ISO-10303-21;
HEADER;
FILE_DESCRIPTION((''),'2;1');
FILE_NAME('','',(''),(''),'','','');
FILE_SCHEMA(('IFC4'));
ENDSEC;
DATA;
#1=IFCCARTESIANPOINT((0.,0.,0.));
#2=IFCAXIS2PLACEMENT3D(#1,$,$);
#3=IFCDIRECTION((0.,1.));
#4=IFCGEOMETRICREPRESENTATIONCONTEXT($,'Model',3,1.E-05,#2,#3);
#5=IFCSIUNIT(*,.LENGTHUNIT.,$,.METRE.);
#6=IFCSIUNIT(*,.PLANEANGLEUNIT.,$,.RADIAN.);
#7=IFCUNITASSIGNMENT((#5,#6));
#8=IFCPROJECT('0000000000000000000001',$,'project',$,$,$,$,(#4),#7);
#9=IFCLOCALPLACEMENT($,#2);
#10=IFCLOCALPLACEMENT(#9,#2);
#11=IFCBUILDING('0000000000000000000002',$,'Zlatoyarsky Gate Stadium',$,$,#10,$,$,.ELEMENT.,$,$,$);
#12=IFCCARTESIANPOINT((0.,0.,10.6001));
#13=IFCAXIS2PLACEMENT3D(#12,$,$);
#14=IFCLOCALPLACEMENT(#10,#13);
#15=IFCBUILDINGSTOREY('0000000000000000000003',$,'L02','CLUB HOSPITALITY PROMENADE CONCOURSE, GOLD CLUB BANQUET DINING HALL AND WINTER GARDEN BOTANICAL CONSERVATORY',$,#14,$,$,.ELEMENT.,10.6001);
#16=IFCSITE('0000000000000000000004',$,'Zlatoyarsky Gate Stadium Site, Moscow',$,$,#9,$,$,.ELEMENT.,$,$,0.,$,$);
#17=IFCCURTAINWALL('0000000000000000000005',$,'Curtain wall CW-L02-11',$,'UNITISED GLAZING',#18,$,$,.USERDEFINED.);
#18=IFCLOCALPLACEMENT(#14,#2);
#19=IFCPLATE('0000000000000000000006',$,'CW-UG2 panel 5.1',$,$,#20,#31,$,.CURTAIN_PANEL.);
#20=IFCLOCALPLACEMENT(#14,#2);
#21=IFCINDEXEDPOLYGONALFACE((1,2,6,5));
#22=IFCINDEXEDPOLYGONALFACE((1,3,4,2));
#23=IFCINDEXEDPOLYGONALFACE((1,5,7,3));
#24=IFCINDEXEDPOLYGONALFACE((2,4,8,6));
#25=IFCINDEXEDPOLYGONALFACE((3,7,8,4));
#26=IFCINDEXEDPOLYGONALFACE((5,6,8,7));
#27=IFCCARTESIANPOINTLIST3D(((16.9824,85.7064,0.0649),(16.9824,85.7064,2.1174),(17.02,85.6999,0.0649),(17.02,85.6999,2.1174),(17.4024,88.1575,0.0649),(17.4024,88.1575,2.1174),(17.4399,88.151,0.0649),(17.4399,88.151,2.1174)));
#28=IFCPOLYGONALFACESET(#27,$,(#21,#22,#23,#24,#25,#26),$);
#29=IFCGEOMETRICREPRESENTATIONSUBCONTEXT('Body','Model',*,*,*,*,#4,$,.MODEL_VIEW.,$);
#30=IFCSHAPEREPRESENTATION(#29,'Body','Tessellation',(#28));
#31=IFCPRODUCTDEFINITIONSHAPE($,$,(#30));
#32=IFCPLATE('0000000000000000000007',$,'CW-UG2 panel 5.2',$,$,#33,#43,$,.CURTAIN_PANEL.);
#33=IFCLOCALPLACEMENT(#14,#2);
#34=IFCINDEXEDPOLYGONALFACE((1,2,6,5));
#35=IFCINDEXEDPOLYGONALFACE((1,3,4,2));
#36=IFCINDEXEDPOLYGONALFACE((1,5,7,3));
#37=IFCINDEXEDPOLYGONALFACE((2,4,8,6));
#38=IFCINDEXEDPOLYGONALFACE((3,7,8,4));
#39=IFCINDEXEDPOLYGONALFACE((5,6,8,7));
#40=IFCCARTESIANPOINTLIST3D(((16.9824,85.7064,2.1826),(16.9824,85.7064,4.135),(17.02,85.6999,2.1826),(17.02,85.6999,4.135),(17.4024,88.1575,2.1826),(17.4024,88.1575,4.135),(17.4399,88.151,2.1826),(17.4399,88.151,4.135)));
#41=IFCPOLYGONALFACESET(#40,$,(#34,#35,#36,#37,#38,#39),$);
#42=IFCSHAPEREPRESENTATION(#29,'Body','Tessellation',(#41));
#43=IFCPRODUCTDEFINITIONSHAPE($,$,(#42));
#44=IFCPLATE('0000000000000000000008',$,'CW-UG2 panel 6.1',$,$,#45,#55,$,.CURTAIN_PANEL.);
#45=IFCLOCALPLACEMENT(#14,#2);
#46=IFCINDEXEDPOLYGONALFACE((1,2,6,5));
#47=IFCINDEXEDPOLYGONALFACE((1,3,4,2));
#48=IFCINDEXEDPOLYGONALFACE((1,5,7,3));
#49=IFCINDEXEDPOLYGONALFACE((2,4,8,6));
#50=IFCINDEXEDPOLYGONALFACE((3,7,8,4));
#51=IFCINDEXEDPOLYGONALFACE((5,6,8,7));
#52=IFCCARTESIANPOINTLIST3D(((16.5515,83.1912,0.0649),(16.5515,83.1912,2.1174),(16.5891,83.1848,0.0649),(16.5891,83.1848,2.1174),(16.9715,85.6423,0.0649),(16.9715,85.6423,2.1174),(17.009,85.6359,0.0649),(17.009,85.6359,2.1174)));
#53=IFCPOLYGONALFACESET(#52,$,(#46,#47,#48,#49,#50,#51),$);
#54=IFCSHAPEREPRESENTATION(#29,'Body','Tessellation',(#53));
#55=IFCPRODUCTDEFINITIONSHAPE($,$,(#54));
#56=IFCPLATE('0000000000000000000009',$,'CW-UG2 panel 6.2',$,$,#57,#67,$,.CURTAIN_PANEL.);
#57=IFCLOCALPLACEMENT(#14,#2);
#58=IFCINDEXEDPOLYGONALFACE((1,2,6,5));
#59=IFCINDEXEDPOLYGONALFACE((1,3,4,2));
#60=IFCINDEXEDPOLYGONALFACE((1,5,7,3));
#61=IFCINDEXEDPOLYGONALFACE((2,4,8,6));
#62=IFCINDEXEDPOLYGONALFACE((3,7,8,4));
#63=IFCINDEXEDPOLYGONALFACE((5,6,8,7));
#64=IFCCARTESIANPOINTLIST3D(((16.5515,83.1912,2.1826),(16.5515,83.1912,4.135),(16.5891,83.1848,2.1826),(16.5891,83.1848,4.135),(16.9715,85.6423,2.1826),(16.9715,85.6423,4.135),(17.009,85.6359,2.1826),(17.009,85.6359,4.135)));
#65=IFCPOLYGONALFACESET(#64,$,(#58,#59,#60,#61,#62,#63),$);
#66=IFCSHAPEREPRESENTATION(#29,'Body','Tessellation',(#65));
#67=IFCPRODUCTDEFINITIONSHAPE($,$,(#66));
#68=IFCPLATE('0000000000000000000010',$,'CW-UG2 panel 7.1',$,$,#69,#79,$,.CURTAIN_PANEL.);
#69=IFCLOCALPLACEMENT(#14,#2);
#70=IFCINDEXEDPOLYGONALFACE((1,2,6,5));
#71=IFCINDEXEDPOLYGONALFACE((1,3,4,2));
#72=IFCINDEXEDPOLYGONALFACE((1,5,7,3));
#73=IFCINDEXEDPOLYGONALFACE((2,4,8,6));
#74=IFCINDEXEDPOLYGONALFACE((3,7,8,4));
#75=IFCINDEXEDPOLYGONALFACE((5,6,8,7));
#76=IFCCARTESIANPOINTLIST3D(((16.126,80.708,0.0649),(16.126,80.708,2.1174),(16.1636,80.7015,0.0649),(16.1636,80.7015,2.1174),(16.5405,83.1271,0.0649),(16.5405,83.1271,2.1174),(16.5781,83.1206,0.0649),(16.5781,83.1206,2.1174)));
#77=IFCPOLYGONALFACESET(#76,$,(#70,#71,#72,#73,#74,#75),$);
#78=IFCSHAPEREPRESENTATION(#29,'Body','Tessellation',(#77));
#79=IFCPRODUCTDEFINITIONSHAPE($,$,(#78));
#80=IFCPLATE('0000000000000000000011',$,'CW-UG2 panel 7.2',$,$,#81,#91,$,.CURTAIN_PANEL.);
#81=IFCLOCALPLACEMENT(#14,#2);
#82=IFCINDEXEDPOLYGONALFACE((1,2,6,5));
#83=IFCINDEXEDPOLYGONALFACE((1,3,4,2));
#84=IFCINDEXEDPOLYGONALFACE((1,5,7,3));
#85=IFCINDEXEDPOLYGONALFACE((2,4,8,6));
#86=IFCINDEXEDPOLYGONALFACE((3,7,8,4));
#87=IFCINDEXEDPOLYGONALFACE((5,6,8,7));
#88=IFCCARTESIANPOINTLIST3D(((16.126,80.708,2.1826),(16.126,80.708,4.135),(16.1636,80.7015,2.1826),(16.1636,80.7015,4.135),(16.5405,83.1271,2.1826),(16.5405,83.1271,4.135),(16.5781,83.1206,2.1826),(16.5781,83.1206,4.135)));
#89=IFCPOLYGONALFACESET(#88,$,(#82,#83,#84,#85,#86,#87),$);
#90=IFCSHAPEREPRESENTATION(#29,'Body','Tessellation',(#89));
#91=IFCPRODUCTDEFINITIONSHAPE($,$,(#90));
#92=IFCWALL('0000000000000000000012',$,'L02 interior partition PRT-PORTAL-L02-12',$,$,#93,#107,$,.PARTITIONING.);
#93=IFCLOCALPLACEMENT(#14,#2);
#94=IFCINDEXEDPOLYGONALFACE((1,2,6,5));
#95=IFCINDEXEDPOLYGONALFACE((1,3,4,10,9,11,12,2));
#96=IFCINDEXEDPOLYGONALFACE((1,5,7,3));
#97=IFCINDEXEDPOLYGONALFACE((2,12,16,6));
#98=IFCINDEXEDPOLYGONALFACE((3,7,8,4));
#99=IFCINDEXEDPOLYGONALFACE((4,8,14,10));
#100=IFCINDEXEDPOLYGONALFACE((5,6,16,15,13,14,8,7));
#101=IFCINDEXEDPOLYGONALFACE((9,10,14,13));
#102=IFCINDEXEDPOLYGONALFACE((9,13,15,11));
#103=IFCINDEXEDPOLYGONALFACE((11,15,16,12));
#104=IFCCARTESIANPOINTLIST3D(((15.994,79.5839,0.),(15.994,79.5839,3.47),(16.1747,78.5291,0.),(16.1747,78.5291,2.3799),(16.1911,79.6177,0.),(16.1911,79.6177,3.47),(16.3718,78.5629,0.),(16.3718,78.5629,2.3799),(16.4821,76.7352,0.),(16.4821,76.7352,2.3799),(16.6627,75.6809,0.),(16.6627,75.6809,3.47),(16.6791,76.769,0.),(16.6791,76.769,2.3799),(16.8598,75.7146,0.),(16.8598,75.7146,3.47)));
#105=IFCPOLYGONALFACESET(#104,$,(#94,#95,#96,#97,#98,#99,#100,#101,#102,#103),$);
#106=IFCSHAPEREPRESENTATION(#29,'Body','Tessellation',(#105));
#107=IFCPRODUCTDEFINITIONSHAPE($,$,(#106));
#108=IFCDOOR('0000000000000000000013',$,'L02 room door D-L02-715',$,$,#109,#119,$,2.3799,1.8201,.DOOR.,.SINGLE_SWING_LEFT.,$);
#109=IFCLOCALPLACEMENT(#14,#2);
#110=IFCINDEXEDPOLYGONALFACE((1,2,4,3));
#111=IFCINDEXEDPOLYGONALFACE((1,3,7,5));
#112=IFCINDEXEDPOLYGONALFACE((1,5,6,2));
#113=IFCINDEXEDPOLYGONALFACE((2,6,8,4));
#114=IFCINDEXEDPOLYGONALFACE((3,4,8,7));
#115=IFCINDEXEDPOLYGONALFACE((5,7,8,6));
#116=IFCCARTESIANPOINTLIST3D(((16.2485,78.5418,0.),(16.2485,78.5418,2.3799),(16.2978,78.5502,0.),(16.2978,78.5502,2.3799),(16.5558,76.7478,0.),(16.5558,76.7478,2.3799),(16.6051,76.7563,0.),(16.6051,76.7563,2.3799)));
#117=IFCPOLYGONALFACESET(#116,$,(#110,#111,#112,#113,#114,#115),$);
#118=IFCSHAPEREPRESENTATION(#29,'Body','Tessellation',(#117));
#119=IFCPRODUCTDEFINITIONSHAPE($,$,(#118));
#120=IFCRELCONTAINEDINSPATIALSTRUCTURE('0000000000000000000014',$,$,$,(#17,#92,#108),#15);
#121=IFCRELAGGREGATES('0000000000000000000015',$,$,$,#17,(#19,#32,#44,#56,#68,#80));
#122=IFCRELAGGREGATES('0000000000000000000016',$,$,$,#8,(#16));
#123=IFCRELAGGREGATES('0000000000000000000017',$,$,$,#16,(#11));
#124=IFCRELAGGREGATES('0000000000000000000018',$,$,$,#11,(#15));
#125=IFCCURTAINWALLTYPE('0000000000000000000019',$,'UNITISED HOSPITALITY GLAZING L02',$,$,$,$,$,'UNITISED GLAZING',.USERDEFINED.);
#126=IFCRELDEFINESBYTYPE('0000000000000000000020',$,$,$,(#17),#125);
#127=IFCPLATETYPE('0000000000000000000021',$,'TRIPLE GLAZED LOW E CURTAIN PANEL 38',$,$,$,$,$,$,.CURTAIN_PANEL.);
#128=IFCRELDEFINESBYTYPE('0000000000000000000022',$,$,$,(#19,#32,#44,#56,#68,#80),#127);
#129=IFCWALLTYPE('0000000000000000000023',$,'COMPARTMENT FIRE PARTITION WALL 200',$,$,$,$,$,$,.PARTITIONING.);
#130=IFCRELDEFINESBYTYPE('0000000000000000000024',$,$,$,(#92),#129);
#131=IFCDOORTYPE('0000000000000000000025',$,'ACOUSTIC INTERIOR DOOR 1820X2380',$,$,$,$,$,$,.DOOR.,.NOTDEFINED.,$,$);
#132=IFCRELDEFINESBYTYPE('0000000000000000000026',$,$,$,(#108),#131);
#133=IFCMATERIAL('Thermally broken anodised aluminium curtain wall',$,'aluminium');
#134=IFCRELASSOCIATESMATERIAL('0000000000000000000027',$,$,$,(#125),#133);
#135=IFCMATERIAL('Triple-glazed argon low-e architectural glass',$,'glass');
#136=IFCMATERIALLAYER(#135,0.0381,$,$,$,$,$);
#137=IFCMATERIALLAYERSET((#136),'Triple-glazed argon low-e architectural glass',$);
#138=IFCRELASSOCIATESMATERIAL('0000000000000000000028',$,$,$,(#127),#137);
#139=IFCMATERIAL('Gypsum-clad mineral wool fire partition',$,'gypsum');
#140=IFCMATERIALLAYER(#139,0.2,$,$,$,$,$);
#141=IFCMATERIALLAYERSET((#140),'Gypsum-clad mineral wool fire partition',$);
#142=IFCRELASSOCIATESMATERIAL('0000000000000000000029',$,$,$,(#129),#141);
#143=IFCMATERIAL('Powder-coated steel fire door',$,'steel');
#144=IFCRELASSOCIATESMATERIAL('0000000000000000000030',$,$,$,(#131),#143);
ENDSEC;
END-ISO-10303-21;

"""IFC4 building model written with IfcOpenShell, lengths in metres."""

from ifc_helpers import new_model, si_unit, direction, frame, frame_2d, origin, origin_2d, place, context, subcontext, project, spatial, rectangle, extrude, material, layer, layer_set, type_object, element, fill, aggregate, save


model = new_model("IFC4")

# Units and contexts
model_context = context("Model", 3, precision=1e-05, world=origin(), true_north=direction((0.0, 1.0)))
body_context = subcontext(model_context, "Body", "Model", "MODEL_VIEW")
ifc_project = project(units=[si_unit("LENGTHUNIT", "METRE"), si_unit("PLANEANGLEUNIT", "RADIAN")], contexts=[model_context])

# Site, building, storey
site_placement = place(None, origin())
site = spatial("IfcSite", under=ifc_project, at=site_placement, Name="Zlatoyarsky Gate Stadium Site, Moscow", CompositionType="ELEMENT", RefElevation=0.0)
building_placement = place(site_placement, origin())
building = spatial("IfcBuilding", under=site, at=building_placement, Name="Zlatoyarsky Gate Stadium", CompositionType="ELEMENT")
storey_placement = place(building_placement, frame((0.0, 0.0, 10.6001)))
storey = spatial("IfcBuildingStorey", under=building, at=storey_placement, Name="L02", Description="CLUB HOSPITALITY PROMENADE CONCOURSE, GOLD CLUB BANQUET DINING HALL AND WINTER GARDEN BOTANICAL CONSERVATORY", CompositionType="ELEMENT", Elevation=10.6001)

# Curtain wall
ifc_material_1 = material(Name="Thermally broken anodised aluminium curtain wall", Category="aluminium")
curtain_wall_type = type_object("IfcCurtainWallType", Name="UNITISED HOSPITALITY GLAZING L02", ElementType="UNITISED GLAZING", PredefinedType="USERDEFINED", material=ifc_material_1)
curtain_wall_placement = place(storey_placement, origin())
curtain_wall = element("IfcCurtainWall", 1, at=curtain_wall_placement, inside=storey, type_object=curtain_wall_type, Name="Curtain wall CW-L02-11", ObjectType="UNITISED GLAZING", PredefinedType="USERDEFINED")

# Plates
ifc_material_2 = material(Name="Triple-glazed argon low-e architectural glass", Category="glass")
ifc_layer_1 = layer(ifc_material_2, 0.0381)
ifc_layer_set_1 = layer_set([ifc_layer_1], Name="Triple-glazed argon low-e architectural glass")
plate_type_1 = type_object("IfcPlateType", Name="TRIPLE GLAZED LOW E CURTAIN PANEL 38", PredefinedType="CURTAIN_PANEL", material=ifc_layer_set_1)
plate_1_placement = place(storey_placement, frame((17.2112, 86.9287, 0.0649), z_axis=(0.0, 0.0, 1.0), x_axis=(-0.168876, -0.985637, 0.0)))
plate_1 = element("IfcPlate", 2, at=plate_1_placement, type_object=plate_type_1, Name="CW-UG2 panel 5.1", PredefinedType="CURTAIN_PANEL", context=body_context, shape_type="SweptSolid", body=[
    extrude(rectangle(XDim=2.4868, YDim=0.0381, at=origin_2d()), origin(), (0.0, 0.0, 1.0), 2.0525),
])
plate_2_placement = place(storey_placement, frame((17.2112, 86.9287, 2.1826), z_axis=(0.0, 0.0, 1.0), x_axis=(-0.168876, -0.985637, 0.0)))
plate_2 = element("IfcPlate", 3, at=plate_2_placement, type_object=plate_type_1, Name="CW-UG2 panel 5.2", PredefinedType="CURTAIN_PANEL", context=body_context, shape_type="SweptSolid", body=[
    extrude(rectangle(XDim=2.4868, YDim=0.0381, at=origin_2d()), origin(), (0.0, 0.0, 1.0), 1.9524),
])
plate_3_placement = place(storey_placement, frame((16.7803, 84.4136, 0.0649), z_axis=(0.0, 0.0, 1.0), x_axis=(-0.168876, -0.985637, 0.0)))
plate_3 = element("IfcPlate", 4, at=plate_3_placement, type_object=plate_type_1, Name="CW-UG2 panel 6.1", PredefinedType="CURTAIN_PANEL", context=body_context, shape_type="SweptSolid", body=[
    extrude(rectangle(XDim=2.4868, YDim=0.0381, at=origin_2d()), origin(), (0.0, 0.0, 1.0), 2.0525),
])
plate_4_placement = place(storey_placement, frame((16.7803, 84.4136, 2.1826), z_axis=(0.0, 0.0, 1.0), x_axis=(-0.168876, -0.985637, 0.0)))
plate_4 = element("IfcPlate", 5, at=plate_4_placement, type_object=plate_type_1, Name="CW-UG2 panel 6.2", PredefinedType="CURTAIN_PANEL", context=body_context, shape_type="SweptSolid", body=[
    extrude(rectangle(XDim=2.4868, YDim=0.0381, at=origin_2d()), origin(), (0.0, 0.0, 1.0), 1.9524),
])
plate_5_placement = place(storey_placement, frame((16.3521, 81.9143, 0.0649), z_axis=(0.0, 0.0, 1.0), x_axis=(-0.168876, -0.985637, 0.0)))
plate_5 = element("IfcPlate", 6, at=plate_5_placement, type_object=plate_type_1, Name="CW-UG2 panel 7.1", PredefinedType="CURTAIN_PANEL", context=body_context, shape_type="SweptSolid", body=[
    extrude(rectangle(XDim=2.4543, YDim=0.0381, at=origin_2d()), origin(), (0.0, 0.0, 1.0), 2.0525),
])
plate_6_placement = place(storey_placement, frame((16.3521, 81.9143, 2.1826), z_axis=(0.0, 0.0, 1.0), x_axis=(-0.168876, -0.985637, 0.0)))
plate_6 = element("IfcPlate", 7, at=plate_6_placement, type_object=plate_type_1, Name="CW-UG2 panel 7.2", PredefinedType="CURTAIN_PANEL", context=body_context, shape_type="SweptSolid", body=[
    extrude(rectangle(XDim=2.4543, YDim=0.0381, at=origin_2d()), origin(), (0.0, 0.0, 1.0), 1.9524),
])
aggregate(curtain_wall, [plate_1, plate_2, plate_3, plate_4, plate_5, plate_6])

# Wall, opening, door
ifc_material_3 = material(Name="Gypsum-clad mineral wool fire partition", Category="gypsum")
ifc_layer_2 = layer(ifc_material_3, 0.2)
ifc_layer_set_2 = layer_set([ifc_layer_2], Name="Gypsum-clad mineral wool fire partition")
wall_type = type_object("IfcWallType", Name="COMPARTMENT FIRE PARTITION WALL 200", PredefinedType="PARTITIONING", material=ifc_layer_set_2)
wall_placement = place(storey_placement, frame((16.0925, 79.6008, 0.0), z_axis=(0.0, 0.0, 1.0), x_axis=(0.168866, -0.985639, 0.0)))
wall = element("IfcWall", 8, at=wall_placement, inside=storey, type_object=wall_type, Name="L02 interior partition PRT-PORTAL-L02-12", PredefinedType="PARTITIONING", context=body_context, shape_type="SweptSolid", body=[
    extrude(rectangle(XDim=3.96, YDim=0.2, at=frame_2d((1.98, 0.0))), origin(), (0.0, 0.0, 1.0), 3.47),
])
opening_placement = place(wall_placement, frame((1.0701, 0.0, 0.0)))
opening = element("IfcOpeningElement", 9, at=opening_placement, cuts=wall, PredefinedType="OPENING", context=body_context, shape_type="SweptSolid", body=[
    extrude(rectangle(XDim=1.8201, YDim=2.3799, at=frame_2d((0.9102, 1.1899))), frame((0.0, 0.1099, 0.0), z_axis=(0.0, -1.0, 0.0), x_axis=(1.0, 0.0, 0.0)), (0.0, 0.0, 1.0), 0.22),
])
ifc_material_4 = material(Name="Powder-coated steel fire door", Category="steel")
door_type = type_object("IfcDoorType", Name="ACOUSTIC INTERIOR DOOR 1820X2380", OperationType="NOTDEFINED", PredefinedType="DOOR", material=ifc_material_4)
door_placement = place(opening_placement, origin())
door = element("IfcDoor", 10, at=door_placement, inside=storey, type_object=door_type, Name="L02 room door D-L02-715", OperationType="SINGLE_SWING_LEFT", OverallHeight=2.3799, OverallWidth=1.8201, PredefinedType="DOOR", context=body_context, shape_type="SweptSolid", body=[
    extrude(rectangle(XDim=1.8201, YDim=2.3799, at=frame_2d((0.9102, 1.1899))), frame((0.0, 0.0249, 0.0), z_axis=(0.0, -1.0, 0.0), x_axis=(1.0, 0.0, 0.0)), (0.0, 0.0, 1.0), 0.05),
])
fill(opening, door)

save(model, "model.ifc")
